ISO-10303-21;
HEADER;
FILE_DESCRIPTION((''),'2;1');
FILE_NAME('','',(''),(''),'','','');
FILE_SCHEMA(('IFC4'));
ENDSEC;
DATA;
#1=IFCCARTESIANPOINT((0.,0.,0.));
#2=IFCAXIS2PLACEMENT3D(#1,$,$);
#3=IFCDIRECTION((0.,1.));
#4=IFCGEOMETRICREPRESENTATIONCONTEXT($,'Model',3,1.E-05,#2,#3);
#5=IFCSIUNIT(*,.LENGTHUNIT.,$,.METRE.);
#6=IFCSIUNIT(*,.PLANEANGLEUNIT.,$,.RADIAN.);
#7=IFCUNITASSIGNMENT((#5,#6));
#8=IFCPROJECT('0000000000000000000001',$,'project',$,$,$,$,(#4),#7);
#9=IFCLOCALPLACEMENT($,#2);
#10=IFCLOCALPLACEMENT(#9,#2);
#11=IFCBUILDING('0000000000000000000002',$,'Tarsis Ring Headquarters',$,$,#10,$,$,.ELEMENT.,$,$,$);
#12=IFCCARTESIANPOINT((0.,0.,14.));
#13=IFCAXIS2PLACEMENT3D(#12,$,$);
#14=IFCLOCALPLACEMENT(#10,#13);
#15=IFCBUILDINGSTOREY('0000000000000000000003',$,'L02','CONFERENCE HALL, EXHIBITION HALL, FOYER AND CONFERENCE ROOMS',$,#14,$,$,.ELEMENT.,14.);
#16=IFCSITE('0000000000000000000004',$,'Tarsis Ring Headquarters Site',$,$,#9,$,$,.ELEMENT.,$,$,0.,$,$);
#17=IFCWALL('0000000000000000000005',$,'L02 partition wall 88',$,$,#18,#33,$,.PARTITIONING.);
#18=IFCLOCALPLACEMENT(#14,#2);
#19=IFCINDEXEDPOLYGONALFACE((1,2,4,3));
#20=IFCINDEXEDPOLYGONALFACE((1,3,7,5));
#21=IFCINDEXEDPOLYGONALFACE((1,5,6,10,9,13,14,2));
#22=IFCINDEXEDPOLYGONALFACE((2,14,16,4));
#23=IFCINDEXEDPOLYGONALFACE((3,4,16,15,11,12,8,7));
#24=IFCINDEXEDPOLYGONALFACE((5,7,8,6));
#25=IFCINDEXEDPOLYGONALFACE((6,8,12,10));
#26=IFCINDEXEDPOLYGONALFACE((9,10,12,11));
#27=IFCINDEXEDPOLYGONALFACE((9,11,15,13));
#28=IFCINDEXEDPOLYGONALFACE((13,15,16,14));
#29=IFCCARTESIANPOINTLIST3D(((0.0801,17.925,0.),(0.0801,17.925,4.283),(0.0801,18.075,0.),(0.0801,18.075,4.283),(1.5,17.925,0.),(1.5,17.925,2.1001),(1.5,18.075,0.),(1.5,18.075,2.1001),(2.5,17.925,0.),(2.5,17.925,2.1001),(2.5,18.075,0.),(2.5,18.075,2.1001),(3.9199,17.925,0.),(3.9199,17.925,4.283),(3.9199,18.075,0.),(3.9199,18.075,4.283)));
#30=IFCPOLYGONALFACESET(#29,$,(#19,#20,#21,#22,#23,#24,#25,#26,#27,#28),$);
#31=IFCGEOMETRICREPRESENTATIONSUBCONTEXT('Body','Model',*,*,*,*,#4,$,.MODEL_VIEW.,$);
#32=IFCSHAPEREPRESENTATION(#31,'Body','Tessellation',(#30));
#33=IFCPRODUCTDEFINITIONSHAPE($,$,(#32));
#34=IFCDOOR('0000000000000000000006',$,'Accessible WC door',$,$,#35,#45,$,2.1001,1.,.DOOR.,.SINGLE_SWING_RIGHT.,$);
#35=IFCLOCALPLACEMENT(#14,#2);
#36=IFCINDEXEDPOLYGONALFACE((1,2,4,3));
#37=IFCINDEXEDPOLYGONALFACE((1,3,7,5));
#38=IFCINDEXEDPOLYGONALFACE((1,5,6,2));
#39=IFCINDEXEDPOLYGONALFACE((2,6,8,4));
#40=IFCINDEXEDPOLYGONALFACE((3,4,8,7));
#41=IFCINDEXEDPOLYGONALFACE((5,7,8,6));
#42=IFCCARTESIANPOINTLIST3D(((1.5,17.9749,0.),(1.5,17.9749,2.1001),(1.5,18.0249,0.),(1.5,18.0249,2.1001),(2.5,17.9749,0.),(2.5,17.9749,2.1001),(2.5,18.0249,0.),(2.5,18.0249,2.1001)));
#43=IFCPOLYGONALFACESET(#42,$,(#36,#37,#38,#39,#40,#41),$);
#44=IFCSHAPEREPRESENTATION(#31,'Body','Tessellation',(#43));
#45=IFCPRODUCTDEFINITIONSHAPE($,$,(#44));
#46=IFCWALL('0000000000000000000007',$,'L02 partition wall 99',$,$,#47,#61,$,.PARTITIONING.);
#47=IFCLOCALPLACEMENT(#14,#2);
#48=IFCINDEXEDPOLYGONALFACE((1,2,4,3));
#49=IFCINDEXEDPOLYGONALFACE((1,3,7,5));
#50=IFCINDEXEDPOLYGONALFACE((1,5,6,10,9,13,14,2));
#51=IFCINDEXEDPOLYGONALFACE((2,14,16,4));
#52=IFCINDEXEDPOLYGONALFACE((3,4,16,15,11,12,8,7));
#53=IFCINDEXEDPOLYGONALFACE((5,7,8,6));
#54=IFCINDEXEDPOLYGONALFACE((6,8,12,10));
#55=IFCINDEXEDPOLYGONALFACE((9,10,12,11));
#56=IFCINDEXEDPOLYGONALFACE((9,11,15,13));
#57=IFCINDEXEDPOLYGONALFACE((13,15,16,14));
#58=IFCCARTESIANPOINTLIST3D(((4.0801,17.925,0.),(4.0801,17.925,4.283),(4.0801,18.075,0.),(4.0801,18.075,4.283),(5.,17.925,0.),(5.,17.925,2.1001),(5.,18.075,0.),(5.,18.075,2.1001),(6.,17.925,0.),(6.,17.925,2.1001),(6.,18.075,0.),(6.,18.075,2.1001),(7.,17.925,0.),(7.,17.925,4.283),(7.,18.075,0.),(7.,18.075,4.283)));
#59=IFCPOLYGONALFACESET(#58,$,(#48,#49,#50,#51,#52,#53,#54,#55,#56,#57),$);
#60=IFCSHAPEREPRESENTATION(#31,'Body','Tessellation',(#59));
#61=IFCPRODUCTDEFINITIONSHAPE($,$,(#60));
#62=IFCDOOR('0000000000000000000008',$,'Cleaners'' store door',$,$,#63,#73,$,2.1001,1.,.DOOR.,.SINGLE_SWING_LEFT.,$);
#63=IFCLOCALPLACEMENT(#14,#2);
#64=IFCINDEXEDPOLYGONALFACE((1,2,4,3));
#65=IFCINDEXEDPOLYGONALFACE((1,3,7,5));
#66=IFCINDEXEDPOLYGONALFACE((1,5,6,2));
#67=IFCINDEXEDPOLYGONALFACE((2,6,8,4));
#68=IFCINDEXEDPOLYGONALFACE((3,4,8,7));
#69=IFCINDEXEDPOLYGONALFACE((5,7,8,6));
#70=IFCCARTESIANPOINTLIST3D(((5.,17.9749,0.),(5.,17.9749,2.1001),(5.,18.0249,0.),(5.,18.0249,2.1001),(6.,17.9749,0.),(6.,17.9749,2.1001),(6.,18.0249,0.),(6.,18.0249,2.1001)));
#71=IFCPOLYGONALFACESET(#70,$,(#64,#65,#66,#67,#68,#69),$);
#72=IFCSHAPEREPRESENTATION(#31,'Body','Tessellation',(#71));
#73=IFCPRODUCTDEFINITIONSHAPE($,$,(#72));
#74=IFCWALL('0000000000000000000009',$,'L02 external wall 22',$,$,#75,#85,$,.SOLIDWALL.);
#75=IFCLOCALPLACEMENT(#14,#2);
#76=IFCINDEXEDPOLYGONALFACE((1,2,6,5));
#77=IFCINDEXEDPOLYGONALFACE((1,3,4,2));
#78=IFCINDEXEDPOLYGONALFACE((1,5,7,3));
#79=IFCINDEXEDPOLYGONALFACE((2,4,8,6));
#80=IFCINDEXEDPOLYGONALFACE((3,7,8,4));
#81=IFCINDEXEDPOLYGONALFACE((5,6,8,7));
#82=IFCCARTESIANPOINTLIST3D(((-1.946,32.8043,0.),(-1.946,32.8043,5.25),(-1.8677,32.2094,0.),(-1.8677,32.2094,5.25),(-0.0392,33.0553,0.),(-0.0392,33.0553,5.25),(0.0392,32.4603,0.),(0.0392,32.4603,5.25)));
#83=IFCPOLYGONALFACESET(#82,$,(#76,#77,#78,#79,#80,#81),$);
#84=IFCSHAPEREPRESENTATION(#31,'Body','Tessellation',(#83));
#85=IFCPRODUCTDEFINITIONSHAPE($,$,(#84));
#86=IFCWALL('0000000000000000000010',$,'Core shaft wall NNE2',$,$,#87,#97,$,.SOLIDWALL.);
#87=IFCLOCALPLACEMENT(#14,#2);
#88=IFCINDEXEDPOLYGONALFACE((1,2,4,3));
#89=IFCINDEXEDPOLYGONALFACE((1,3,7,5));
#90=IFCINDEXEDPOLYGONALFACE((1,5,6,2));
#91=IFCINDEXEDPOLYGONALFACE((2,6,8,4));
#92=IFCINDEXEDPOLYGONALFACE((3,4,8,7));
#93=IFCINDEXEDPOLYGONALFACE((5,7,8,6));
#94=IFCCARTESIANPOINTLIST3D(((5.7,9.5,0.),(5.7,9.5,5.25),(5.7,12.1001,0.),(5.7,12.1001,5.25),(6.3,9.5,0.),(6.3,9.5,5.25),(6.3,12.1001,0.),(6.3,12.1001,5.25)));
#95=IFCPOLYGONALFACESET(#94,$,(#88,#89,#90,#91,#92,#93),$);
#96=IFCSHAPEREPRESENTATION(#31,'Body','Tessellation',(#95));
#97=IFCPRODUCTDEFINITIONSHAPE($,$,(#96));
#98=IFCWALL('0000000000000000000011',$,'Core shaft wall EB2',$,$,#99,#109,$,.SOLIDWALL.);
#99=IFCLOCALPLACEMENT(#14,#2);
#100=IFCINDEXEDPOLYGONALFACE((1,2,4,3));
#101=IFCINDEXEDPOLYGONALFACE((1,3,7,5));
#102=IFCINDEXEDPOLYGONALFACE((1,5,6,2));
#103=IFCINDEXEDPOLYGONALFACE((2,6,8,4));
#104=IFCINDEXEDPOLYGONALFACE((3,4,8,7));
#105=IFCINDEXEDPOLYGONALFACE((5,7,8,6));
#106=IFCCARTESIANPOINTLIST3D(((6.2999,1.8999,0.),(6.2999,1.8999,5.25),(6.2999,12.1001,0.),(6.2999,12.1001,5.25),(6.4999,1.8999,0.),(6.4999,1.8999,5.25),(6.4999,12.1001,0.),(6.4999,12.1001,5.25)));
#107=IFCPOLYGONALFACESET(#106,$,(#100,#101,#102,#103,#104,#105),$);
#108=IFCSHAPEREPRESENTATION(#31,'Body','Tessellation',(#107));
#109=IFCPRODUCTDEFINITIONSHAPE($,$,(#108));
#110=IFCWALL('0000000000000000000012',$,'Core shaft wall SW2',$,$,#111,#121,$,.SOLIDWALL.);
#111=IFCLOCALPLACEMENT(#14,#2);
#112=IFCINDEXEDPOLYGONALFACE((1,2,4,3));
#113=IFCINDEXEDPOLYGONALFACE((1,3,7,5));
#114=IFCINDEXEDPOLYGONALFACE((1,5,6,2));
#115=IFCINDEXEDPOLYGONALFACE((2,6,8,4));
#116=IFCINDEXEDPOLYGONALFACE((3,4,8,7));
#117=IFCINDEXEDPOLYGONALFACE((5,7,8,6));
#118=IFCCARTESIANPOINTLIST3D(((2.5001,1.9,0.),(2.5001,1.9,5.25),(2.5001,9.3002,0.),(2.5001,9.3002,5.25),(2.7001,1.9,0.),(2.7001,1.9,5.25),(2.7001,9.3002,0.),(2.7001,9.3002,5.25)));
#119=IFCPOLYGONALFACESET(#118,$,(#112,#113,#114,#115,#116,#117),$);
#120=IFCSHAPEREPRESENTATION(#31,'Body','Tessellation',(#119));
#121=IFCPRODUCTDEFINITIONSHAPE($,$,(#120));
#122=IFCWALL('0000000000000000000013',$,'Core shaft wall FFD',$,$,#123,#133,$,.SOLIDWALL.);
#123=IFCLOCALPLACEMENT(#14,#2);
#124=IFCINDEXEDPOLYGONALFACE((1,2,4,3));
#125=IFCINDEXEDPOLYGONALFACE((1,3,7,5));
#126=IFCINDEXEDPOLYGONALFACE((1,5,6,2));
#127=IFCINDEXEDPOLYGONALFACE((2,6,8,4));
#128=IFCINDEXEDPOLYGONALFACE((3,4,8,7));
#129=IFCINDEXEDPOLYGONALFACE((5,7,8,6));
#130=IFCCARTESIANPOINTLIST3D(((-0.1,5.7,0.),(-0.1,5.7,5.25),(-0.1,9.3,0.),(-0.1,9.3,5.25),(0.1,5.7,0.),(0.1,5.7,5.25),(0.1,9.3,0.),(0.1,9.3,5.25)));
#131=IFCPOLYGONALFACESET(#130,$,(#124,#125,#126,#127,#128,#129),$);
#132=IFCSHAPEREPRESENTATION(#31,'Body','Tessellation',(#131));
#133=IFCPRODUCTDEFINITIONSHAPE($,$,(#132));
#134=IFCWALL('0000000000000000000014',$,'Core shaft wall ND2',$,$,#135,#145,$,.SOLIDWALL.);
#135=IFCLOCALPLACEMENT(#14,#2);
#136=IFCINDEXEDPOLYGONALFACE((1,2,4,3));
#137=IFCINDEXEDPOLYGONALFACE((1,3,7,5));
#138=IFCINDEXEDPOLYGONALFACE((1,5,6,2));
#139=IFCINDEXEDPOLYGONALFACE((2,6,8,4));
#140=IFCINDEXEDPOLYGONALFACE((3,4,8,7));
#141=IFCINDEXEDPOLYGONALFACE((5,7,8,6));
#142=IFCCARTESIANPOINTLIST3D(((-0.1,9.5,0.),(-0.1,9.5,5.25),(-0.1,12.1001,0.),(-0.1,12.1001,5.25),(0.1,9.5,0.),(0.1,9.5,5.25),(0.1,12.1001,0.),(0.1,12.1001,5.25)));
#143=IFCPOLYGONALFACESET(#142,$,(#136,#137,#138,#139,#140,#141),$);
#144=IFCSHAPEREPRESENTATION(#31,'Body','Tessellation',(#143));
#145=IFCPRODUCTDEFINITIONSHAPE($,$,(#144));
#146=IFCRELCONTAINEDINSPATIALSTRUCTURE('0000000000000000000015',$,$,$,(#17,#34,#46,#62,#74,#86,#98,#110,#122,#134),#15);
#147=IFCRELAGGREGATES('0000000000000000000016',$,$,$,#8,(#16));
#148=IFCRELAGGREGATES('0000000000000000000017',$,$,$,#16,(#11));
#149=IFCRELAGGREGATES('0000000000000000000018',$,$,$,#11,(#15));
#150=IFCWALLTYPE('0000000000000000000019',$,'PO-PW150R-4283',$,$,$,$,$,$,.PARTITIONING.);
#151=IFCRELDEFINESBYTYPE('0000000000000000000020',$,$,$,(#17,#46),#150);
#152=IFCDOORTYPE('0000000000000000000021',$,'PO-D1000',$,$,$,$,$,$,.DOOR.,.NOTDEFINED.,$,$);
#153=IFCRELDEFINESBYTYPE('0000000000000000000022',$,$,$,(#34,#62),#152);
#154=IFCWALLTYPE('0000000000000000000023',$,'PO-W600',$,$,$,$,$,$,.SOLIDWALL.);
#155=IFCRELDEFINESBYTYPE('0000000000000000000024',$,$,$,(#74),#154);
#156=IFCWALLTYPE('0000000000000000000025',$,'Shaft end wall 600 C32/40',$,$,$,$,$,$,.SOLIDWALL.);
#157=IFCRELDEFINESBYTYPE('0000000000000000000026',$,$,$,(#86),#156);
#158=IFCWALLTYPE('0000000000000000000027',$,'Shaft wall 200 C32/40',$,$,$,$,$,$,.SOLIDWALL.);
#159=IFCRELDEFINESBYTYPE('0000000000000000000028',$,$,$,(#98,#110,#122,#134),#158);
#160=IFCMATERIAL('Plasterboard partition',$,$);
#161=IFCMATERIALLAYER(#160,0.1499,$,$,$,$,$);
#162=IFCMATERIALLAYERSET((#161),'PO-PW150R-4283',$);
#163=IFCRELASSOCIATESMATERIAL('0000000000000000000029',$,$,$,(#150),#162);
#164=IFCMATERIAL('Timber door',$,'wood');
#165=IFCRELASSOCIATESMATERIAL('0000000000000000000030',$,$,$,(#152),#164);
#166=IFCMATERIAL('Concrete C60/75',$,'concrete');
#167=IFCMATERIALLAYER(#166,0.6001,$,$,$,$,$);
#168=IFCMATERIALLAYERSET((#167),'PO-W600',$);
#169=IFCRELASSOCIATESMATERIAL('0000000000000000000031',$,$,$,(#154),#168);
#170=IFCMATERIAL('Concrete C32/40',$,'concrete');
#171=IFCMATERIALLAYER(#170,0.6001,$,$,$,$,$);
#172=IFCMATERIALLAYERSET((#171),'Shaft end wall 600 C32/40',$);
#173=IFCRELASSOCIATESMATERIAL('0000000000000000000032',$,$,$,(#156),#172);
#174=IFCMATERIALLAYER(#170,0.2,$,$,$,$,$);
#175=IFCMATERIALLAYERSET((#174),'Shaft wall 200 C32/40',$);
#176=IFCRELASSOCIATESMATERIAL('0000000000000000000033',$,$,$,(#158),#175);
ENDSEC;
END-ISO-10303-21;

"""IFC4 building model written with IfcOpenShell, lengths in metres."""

from ifc_helpers import new_model, si_unit, direction, frame, frame_2d, origin, place, context, subcontext, project, spatial, rectangle, extrude, material, layer, layer_set, type_object, element, fill, save


model = new_model("IFC4")

# Units and contexts
model_context = context("Model", 3, precision=1e-05, world=origin(), true_north=direction((0.0, 1.0)))
body_context = subcontext(model_context, "Body", "Model", "MODEL_VIEW")
ifc_project = project(units=[si_unit("LENGTHUNIT", "METRE"), si_unit("PLANEANGLEUNIT", "RADIAN")], contexts=[model_context])

# Site, building, storey
site_placement = place(None, origin())
site = spatial("IfcSite", under=ifc_project, at=site_placement, Name="Tarsis Ring Headquarters Site", CompositionType="ELEMENT", RefElevation=0.0)
building_placement = place(site_placement, origin())
building = spatial("IfcBuilding", under=site, at=building_placement, Name="Tarsis Ring Headquarters", CompositionType="ELEMENT")
storey_placement = place(building_placement, frame((0.0, 0.0, 14.0)))
storey = spatial("IfcBuildingStorey", under=building, at=storey_placement, Name="L02", Description="CONFERENCE HALL, EXHIBITION HALL, FOYER AND CONFERENCE ROOMS", CompositionType="ELEMENT", Elevation=14.0)

# Shared definitions
ifc_material_1 = material(Name="Concrete C60/75", Category="concrete")

# Shared definitions
ifc_material_2 = material(Name="Plasterboard partition")

# Walls, openings, doors
ifc_layer_1 = layer(ifc_material_2, 0.1499)
ifc_layer_set_1 = layer_set([ifc_layer_1], Name="PO-PW150R-4283")
wall_type_1 = type_object("IfcWallType", Name="PO-PW150R-4283", PredefinedType="PARTITIONING", material=ifc_layer_set_1)
wall_1_placement = place(storey_placement, frame((0.0801, 18.0, 0.0), z_axis=(0.0, 0.0, 1.0), x_axis=(1.0, 0.0, 0.0)))
wall_1 = element("IfcWall", 1, at=wall_1_placement, inside=storey, type_object=wall_type_1, Name="L02 partition wall 88", PredefinedType="PARTITIONING", context=body_context, shape_type="SweptSolid", body=[
    extrude(rectangle(XDim=3.8398, YDim=0.1499, at=frame_2d((1.9199, 0.0))), origin(), (0.0, 0.0, 1.0), 4.283),
])
opening_1_placement = place(wall_1_placement, frame((1.4199, 0.0, 0.0)))
opening_1 = element("IfcOpeningElement", 2, at=opening_1_placement, cuts=wall_1, PredefinedType="OPENING", context=body_context, shape_type="SweptSolid", body=[
    extrude(rectangle(XDim=1.0, YDim=2.1001, at=frame_2d((0.5, 1.05))), frame((0.0, 0.085, 0.0), z_axis=(0.0, -1.0, 0.0), x_axis=(1.0, 0.0, 0.0)), (0.0, 0.0, 1.0), 0.1699),
])
ifc_material_3 = material(Name="Timber door", Category="wood")
door_type = type_object("IfcDoorType", Name="PO-D1000", OperationType="NOTDEFINED", PredefinedType="DOOR", material=ifc_material_3)
door_1_placement = place(opening_1_placement, origin())
door_1 = element("IfcDoor", 3, at=door_1_placement, inside=storey, type_object=door_type, Name="Accessible WC door", OperationType="SINGLE_SWING_RIGHT", OverallHeight=2.1001, OverallWidth=1.0, PredefinedType="DOOR", context=body_context, shape_type="SweptSolid", body=[
    extrude(rectangle(XDim=1.0, YDim=2.1001, at=frame_2d((0.5, 1.05))), frame((0.0, 0.0249, 0.0), z_axis=(0.0, -1.0, 0.0), x_axis=(1.0, 0.0, 0.0)), (0.0, 0.0, 1.0), 0.05),
])
fill(opening_1, door_1)
wall_2_placement = place(storey_placement, frame((4.0801, 18.0, 0.0), z_axis=(0.0, 0.0, 1.0), x_axis=(1.0, 0.0, 0.0)))
wall_2 = element("IfcWall", 4, at=wall_2_placement, inside=storey, type_object=wall_type_1, Name="L02 partition wall 99", PredefinedType="PARTITIONING", context=body_context, shape_type="SweptSolid", body=[
    extrude(rectangle(XDim=2.9199, YDim=0.1499, at=frame_2d((1.46, 0.0))), origin(), (0.0, 0.0, 1.0), 4.283),
])
opening_2_placement = place(wall_2_placement, frame((0.9199, 0.0, 0.0)))
opening_2 = element("IfcOpeningElement", 5, at=opening_2_placement, cuts=wall_2, PredefinedType="OPENING", context=body_context, shape_type="SweptSolid", body=[
    extrude(rectangle(XDim=1.0, YDim=2.1001, at=frame_2d((0.5, 1.05))), frame((0.0, 0.085, 0.0), z_axis=(0.0, -1.0, 0.0), x_axis=(1.0, 0.0, 0.0)), (0.0, 0.0, 1.0), 0.1699),
])
door_2_placement = place(opening_2_placement, origin())
door_2 = element("IfcDoor", 6, at=door_2_placement, inside=storey, type_object=door_type, Name="Cleaners' store door", OperationType="SINGLE_SWING_LEFT", OverallHeight=2.1001, OverallWidth=1.0, PredefinedType="DOOR", context=body_context, shape_type="SweptSolid", body=[
    extrude(rectangle(XDim=1.0, YDim=2.1001, at=frame_2d((0.5, 1.05))), frame((0.0, 0.0249, 0.0), z_axis=(0.0, -1.0, 0.0), x_axis=(1.0, 0.0, 0.0)), (0.0, 0.0, 1.0), 0.05),
])
fill(opening_2, door_2)

# Walls
ifc_layer_2 = layer(ifc_material_1, 0.6001)
ifc_layer_set_2 = layer_set([ifc_layer_2], Name="PO-W600")
wall_type_2 = type_object("IfcWallType", Name="PO-W600", PredefinedType="SOLIDWALL", material=ifc_layer_set_2)
wall_3_placement = place(storey_placement, frame((0.0, 32.7578, 0.0), z_axis=(0.0, 0.0, 1.0), x_axis=(-0.99145, -0.130484, 0.0)))
element("IfcWall", 7, at=wall_3_placement, inside=storey, type_object=wall_type_2, Name="L02 external wall 22", PredefinedType="SOLIDWALL", context=body_context, shape_type="SweptSolid", body=[
    extrude(rectangle(XDim=1.9233, YDim=0.6001, at=frame_2d((0.9617, 0.0))), origin(), (0.0, 0.0, 1.0), 5.25),
])
ifc_material_4 = material(Name="Concrete C32/40", Category="concrete")
ifc_layer_3 = layer(ifc_material_4, 0.6001)
ifc_layer_set_3 = layer_set([ifc_layer_3], Name="Shaft end wall 600 C32/40")
wall_type_3 = type_object("IfcWallType", Name="Shaft end wall 600 C32/40", PredefinedType="SOLIDWALL", material=ifc_layer_set_3)
wall_4_placement = place(storey_placement, frame((6.0, 9.5, 0.0), z_axis=(0.0, 0.0, 1.0), x_axis=(0.0, 1.0, 0.0)))
element("IfcWall", 8, at=wall_4_placement, inside=storey, type_object=wall_type_3, Name="Core shaft wall NNE2", PredefinedType="SOLIDWALL", context=body_context, shape_type="SweptSolid", body=[
    extrude(rectangle(XDim=2.6001, YDim=0.6001, at=frame_2d((1.3, 0.0))), origin(), (0.0, 0.0, 1.0), 5.25),
])
ifc_layer_4 = layer(ifc_material_4, 0.2)
ifc_layer_set_4 = layer_set([ifc_layer_4], Name="Shaft wall 200 C32/40")
wall_type_4 = type_object("IfcWallType", Name="Shaft wall 200 C32/40", PredefinedType="SOLIDWALL", material=ifc_layer_set_4)
wall_5_placement = place(storey_placement, frame((6.3999, 1.8999, 0.0), z_axis=(0.0, 0.0, 1.0), x_axis=(0.0, 1.0, 0.0)))
element("IfcWall", 9, at=wall_5_placement, inside=storey, type_object=wall_type_4, Name="Core shaft wall EB2", PredefinedType="SOLIDWALL", context=body_context, shape_type="SweptSolid", body=[
    extrude(rectangle(XDim=10.2002, YDim=0.2, at=frame_2d((5.1001, 0.0))), origin(), (0.0, 0.0, 1.0), 5.25),
])
wall_6_placement = place(storey_placement, frame((2.6001, 1.8999, 0.0), z_axis=(0.0, 0.0, 1.0), x_axis=(0.0, 1.0, 0.0)))
element("IfcWall", 10, at=wall_6_placement, inside=storey, type_object=wall_type_4, Name="Core shaft wall SW2", PredefinedType="SOLIDWALL", context=body_context, shape_type="SweptSolid", body=[
    extrude(rectangle(XDim=7.4001, YDim=0.2, at=frame_2d((3.7002, 0.0))), origin(), (0.0, 0.0, 1.0), 5.25),
])
wall_7_placement = place(storey_placement, frame((0.0, 5.7, 0.0), z_axis=(0.0, 0.0, 1.0), x_axis=(0.0, 1.0, 0.0)))
element("IfcWall", 11, at=wall_7_placement, inside=storey, type_object=wall_type_4, Name="Core shaft wall FFD", PredefinedType="SOLIDWALL", context=body_context, shape_type="SweptSolid", body=[
    extrude(rectangle(XDim=3.6001, YDim=0.2, at=frame_2d((1.8, 0.0))), origin(), (0.0, 0.0, 1.0), 5.25),
])
wall_8_placement = place(storey_placement, frame((0.0, 9.5, 0.0), z_axis=(0.0, 0.0, 1.0), x_axis=(0.0, 1.0, 0.0)))
element("IfcWall", 12, at=wall_8_placement, inside=storey, type_object=wall_type_4, Name="Core shaft wall ND2", PredefinedType="SOLIDWALL", context=body_context, shape_type="SweptSolid", body=[
    extrude(rectangle(XDim=2.6001, YDim=0.2, at=frame_2d((1.3, 0.0))), origin(), (0.0, 0.0, 1.0), 5.25),
])

save(model, "model.ifc")
